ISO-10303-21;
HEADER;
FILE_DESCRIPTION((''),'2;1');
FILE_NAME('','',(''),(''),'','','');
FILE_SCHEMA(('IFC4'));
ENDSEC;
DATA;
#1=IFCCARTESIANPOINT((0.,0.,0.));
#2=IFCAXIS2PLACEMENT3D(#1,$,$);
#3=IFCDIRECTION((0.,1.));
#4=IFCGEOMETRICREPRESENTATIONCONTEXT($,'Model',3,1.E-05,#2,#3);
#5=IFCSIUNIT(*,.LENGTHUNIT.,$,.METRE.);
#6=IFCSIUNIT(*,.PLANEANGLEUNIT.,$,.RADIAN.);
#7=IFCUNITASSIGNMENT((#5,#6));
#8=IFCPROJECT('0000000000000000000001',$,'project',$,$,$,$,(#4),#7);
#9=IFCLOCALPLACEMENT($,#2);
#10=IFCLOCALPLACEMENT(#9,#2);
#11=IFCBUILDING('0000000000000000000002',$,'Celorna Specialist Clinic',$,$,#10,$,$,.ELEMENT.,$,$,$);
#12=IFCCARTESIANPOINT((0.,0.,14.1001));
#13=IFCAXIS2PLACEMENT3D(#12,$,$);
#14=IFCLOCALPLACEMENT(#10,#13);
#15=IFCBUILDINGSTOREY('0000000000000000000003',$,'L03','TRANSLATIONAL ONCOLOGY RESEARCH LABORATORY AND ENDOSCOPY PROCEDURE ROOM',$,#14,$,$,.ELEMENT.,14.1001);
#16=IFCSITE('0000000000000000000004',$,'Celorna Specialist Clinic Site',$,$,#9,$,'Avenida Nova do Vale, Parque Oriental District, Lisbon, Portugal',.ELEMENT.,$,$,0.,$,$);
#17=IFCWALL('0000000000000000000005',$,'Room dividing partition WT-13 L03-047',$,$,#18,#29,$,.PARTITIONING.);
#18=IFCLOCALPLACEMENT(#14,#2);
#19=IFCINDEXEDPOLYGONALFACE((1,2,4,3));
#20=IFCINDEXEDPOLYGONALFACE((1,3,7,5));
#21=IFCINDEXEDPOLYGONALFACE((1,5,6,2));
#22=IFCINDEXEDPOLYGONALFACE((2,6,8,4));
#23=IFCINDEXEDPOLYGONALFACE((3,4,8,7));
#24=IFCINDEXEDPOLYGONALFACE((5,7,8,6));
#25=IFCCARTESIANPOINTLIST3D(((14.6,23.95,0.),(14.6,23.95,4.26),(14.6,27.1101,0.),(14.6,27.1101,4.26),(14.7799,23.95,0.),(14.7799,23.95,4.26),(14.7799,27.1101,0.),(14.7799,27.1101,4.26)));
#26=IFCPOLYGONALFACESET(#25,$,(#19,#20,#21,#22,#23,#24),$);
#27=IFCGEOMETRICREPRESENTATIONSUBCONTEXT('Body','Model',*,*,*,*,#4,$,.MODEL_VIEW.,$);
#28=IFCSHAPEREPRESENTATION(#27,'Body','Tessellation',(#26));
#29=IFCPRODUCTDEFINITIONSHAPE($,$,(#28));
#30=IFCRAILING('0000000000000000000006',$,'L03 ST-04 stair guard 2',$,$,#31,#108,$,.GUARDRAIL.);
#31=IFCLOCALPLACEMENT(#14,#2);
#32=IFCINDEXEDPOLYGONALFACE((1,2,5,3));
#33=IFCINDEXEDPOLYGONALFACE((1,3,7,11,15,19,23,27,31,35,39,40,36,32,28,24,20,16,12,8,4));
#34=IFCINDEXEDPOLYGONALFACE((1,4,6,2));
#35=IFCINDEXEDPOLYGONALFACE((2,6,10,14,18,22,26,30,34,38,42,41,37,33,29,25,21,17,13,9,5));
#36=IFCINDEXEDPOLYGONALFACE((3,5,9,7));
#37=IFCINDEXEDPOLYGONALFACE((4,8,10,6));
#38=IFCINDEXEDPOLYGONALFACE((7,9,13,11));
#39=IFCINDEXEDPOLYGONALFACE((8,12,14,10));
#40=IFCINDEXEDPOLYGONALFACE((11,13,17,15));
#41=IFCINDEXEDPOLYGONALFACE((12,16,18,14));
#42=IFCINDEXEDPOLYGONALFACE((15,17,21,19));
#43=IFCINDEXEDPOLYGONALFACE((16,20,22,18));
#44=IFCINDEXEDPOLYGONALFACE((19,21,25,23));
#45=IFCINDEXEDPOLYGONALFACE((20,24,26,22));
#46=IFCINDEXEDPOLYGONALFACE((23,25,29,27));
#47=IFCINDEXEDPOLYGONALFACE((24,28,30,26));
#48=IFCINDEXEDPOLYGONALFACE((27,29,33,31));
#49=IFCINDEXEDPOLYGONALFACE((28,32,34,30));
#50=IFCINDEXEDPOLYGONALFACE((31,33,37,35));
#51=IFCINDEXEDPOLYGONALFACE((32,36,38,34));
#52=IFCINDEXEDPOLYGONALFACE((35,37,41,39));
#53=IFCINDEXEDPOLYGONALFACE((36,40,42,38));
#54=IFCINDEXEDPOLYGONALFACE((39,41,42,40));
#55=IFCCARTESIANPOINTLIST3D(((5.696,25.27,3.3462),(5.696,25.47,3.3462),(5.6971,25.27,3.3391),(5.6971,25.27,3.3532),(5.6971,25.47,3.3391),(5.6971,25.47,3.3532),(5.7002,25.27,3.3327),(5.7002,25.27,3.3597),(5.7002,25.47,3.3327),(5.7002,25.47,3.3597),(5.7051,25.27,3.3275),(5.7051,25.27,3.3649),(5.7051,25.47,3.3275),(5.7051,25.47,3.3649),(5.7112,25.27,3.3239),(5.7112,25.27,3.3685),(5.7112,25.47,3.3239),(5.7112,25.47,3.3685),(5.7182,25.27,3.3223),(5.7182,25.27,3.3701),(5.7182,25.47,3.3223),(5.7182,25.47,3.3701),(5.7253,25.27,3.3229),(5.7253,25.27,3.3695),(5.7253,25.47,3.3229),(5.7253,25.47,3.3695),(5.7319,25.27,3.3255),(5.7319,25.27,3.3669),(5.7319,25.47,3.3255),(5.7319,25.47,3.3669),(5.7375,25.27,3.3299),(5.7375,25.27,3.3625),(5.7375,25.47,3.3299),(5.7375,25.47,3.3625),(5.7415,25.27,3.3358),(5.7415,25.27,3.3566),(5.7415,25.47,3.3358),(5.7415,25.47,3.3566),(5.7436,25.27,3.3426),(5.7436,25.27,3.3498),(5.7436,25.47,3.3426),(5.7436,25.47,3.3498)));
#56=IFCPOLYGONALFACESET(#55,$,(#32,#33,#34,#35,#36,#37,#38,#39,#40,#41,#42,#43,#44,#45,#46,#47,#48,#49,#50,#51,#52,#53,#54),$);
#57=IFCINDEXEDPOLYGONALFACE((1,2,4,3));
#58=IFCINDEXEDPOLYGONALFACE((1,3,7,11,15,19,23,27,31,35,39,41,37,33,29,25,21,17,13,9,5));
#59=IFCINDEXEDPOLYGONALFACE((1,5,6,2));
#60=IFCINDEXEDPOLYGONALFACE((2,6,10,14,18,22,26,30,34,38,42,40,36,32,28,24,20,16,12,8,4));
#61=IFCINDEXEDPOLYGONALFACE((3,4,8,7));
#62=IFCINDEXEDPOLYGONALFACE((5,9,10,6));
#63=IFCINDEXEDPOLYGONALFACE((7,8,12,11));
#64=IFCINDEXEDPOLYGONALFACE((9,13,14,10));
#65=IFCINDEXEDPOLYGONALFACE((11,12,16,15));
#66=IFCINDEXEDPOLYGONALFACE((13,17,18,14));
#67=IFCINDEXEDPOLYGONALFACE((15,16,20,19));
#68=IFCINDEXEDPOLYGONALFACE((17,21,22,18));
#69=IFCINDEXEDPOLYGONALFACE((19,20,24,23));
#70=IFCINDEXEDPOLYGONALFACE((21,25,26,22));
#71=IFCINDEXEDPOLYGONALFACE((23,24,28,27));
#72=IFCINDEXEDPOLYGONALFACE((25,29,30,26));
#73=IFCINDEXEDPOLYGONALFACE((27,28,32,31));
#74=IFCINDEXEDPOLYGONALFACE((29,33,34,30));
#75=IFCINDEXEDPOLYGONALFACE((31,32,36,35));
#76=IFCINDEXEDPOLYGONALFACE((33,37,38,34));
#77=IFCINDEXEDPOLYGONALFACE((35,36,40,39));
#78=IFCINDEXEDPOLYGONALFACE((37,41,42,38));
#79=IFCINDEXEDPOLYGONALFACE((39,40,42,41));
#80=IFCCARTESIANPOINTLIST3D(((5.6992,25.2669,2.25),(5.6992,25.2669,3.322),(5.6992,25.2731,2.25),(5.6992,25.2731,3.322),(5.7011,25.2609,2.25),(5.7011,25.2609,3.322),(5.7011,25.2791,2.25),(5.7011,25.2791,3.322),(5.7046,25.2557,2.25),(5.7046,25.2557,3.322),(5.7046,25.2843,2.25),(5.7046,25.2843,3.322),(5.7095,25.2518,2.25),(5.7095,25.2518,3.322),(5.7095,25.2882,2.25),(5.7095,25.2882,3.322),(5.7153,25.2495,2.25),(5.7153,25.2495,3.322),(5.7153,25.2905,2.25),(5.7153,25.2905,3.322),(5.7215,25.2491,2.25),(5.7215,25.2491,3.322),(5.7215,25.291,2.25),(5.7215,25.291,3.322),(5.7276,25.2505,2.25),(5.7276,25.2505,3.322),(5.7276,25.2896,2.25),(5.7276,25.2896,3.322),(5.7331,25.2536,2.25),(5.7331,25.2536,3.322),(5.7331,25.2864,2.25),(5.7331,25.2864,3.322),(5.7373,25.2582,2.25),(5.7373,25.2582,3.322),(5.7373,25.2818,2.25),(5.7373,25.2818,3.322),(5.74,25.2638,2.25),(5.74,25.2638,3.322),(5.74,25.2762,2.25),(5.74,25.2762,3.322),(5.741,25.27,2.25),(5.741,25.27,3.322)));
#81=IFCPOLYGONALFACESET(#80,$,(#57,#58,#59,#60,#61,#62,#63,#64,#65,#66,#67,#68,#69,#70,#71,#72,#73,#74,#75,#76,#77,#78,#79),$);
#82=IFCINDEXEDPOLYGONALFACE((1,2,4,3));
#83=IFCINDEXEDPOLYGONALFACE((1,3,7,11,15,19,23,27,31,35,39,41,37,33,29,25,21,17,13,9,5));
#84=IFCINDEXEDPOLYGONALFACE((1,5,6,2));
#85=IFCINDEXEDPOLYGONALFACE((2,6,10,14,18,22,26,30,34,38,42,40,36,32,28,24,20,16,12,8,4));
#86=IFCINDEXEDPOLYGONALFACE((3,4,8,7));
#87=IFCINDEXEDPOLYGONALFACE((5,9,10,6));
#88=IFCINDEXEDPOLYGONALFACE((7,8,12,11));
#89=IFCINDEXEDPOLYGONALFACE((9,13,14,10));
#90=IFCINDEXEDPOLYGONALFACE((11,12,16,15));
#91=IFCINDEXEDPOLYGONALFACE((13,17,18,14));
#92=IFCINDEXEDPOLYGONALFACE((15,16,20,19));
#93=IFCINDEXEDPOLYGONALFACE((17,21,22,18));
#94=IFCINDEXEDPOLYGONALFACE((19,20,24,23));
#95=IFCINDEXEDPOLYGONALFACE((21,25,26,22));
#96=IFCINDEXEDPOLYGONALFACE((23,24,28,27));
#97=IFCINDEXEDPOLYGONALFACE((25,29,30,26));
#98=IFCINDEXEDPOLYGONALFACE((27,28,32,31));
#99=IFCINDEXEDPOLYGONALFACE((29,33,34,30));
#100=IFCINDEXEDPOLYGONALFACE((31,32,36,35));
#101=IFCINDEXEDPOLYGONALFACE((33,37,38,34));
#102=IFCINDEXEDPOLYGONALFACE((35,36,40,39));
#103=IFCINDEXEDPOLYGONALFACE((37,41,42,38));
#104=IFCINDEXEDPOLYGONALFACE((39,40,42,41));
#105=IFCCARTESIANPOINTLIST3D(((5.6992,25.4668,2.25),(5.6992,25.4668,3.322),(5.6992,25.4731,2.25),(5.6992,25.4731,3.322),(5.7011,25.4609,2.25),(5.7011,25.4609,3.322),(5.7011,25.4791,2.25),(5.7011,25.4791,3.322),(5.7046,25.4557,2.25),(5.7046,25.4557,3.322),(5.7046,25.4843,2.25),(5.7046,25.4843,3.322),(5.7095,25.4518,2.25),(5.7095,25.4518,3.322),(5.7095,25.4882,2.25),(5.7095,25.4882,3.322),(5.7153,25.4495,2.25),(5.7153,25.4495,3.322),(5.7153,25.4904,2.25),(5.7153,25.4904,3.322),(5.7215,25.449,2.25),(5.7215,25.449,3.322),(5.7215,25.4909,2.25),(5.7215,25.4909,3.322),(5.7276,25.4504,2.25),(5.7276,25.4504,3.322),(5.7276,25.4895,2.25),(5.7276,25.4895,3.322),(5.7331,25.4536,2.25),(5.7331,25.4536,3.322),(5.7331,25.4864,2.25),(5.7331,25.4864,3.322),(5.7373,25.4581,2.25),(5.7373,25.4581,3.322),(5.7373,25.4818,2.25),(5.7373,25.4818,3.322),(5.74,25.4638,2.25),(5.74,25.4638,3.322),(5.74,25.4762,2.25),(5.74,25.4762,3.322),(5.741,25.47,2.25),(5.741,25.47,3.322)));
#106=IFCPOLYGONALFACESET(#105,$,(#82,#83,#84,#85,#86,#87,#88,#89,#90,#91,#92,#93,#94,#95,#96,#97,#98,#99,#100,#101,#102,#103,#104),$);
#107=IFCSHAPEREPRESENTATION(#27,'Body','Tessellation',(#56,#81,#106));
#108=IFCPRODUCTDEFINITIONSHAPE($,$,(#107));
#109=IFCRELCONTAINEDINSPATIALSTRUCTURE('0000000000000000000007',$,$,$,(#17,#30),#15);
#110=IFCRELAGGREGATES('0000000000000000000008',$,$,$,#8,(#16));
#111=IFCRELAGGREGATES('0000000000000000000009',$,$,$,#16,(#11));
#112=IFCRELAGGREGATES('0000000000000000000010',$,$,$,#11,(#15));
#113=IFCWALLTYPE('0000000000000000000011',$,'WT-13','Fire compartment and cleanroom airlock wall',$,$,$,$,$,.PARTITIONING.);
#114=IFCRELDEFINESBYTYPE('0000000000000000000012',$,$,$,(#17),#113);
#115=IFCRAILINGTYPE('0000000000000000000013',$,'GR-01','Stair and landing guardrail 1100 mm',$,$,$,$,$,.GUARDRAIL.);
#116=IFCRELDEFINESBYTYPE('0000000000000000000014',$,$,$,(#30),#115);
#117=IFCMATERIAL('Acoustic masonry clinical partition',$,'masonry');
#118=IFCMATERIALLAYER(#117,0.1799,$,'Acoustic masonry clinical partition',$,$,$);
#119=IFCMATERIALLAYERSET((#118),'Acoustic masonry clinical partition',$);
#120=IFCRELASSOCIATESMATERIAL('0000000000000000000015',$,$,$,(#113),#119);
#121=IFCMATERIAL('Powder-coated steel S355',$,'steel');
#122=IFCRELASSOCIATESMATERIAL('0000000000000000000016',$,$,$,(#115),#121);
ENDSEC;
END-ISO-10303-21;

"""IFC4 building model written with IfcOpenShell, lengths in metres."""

from ifc_helpers import new_model, si_unit, direction, frame, frame_2d, origin, origin_2d, place, context, subcontext, project, spatial, rectangle, circle, extrude, material, layer, layer_set, type_object, element, save


model = new_model("IFC4")

# Units and contexts
model_context = context("Model", 3, precision=1e-05, world=origin(), true_north=direction((0.0, 1.0)))
body_context = subcontext(model_context, "Body", "Model", "MODEL_VIEW")
ifc_project = project(units=[si_unit("LENGTHUNIT", "METRE"), si_unit("PLANEANGLEUNIT", "RADIAN")], contexts=[model_context])

# Site, building, storey
site_placement = place(None, origin())
site = spatial("IfcSite", under=ifc_project, at=site_placement, Name="Celorna Specialist Clinic Site", LongName="Avenida Nova do Vale, Parque Oriental District, Lisbon, Portugal", CompositionType="ELEMENT", RefElevation=0.0)
building_placement = place(site_placement, origin())
building = spatial("IfcBuilding", under=site, at=building_placement, Name="Celorna Specialist Clinic", CompositionType="ELEMENT")
storey_placement = place(building_placement, frame((0.0, 0.0, 14.1001)))
storey = spatial("IfcBuildingStorey", under=building, at=storey_placement, Name="L03", Description="TRANSLATIONAL ONCOLOGY RESEARCH LABORATORY AND ENDOSCOPY PROCEDURE ROOM", CompositionType="ELEMENT", Elevation=14.1001)

# Wall
ifc_material_1 = material(Name="Acoustic masonry clinical partition", Category="masonry")
ifc_layer_1 = layer(ifc_material_1, 0.1799, Name="Acoustic masonry clinical partition")
ifc_layer_set_1 = layer_set([ifc_layer_1], Name="Acoustic masonry clinical partition")
wall_type_1 = type_object("IfcWallType", Name="WT-13", Description="Fire compartment and cleanroom airlock wall", PredefinedType="PARTITIONING", material=ifc_layer_set_1)
wall_1_placement = place(storey_placement, frame((14.6899, 23.95, 0.0), z_axis=(0.0, 0.0, 1.0), x_axis=(0.0, 1.0, 0.0)))
element("IfcWall", 1, at=wall_1_placement, inside=storey, type_object=wall_type_1, Name="Room dividing partition WT-13 L03-047", PredefinedType="PARTITIONING", context=body_context, shape_type="SweptSolid", body=[
    extrude(rectangle(XDim=3.1602, YDim=0.1799, at=frame_2d((1.5801, 0.0))), origin(), (0.0, 0.0, 1.0), 4.26),
])

# Railing
ifc_material_2 = material(Name="Powder-coated steel S355", Category="steel")
railing_type = type_object("IfcRailingType", Name="GR-01", Description="Stair and landing guardrail 1100 mm", PredefinedType="GUARDRAIL", material=ifc_material_2)
railing_placement = place(storey_placement, frame((5.72, 25.27, 2.25)))
element("IfcRailing", 2, at=railing_placement, inside=storey, type_object=railing_type, Name="L03 ST-04 stair guard 2", PredefinedType="GUARDRAIL", context=body_context, shape_type="SweptSolid", body=[
    extrude(circle(Radius=0.0239, at=origin_2d()), frame((0.0, 0.0, 1.0962), z_axis=(0.0, 1.0, 0.0), x_axis=(-1.0, 0.0, 0.0)), (0.0, 0.0, 1.0), 0.2),
    extrude(circle(Radius=0.021, at=origin_2d()), origin(), (0.0, 0.0, 1.0), 1.072),
    extrude(circle(Radius=0.021, at=origin_2d()), frame((0.0, 0.2, 0.0)), (0.0, 0.0, 1.0), 1.072),
])

save(model, "model.ifc")
